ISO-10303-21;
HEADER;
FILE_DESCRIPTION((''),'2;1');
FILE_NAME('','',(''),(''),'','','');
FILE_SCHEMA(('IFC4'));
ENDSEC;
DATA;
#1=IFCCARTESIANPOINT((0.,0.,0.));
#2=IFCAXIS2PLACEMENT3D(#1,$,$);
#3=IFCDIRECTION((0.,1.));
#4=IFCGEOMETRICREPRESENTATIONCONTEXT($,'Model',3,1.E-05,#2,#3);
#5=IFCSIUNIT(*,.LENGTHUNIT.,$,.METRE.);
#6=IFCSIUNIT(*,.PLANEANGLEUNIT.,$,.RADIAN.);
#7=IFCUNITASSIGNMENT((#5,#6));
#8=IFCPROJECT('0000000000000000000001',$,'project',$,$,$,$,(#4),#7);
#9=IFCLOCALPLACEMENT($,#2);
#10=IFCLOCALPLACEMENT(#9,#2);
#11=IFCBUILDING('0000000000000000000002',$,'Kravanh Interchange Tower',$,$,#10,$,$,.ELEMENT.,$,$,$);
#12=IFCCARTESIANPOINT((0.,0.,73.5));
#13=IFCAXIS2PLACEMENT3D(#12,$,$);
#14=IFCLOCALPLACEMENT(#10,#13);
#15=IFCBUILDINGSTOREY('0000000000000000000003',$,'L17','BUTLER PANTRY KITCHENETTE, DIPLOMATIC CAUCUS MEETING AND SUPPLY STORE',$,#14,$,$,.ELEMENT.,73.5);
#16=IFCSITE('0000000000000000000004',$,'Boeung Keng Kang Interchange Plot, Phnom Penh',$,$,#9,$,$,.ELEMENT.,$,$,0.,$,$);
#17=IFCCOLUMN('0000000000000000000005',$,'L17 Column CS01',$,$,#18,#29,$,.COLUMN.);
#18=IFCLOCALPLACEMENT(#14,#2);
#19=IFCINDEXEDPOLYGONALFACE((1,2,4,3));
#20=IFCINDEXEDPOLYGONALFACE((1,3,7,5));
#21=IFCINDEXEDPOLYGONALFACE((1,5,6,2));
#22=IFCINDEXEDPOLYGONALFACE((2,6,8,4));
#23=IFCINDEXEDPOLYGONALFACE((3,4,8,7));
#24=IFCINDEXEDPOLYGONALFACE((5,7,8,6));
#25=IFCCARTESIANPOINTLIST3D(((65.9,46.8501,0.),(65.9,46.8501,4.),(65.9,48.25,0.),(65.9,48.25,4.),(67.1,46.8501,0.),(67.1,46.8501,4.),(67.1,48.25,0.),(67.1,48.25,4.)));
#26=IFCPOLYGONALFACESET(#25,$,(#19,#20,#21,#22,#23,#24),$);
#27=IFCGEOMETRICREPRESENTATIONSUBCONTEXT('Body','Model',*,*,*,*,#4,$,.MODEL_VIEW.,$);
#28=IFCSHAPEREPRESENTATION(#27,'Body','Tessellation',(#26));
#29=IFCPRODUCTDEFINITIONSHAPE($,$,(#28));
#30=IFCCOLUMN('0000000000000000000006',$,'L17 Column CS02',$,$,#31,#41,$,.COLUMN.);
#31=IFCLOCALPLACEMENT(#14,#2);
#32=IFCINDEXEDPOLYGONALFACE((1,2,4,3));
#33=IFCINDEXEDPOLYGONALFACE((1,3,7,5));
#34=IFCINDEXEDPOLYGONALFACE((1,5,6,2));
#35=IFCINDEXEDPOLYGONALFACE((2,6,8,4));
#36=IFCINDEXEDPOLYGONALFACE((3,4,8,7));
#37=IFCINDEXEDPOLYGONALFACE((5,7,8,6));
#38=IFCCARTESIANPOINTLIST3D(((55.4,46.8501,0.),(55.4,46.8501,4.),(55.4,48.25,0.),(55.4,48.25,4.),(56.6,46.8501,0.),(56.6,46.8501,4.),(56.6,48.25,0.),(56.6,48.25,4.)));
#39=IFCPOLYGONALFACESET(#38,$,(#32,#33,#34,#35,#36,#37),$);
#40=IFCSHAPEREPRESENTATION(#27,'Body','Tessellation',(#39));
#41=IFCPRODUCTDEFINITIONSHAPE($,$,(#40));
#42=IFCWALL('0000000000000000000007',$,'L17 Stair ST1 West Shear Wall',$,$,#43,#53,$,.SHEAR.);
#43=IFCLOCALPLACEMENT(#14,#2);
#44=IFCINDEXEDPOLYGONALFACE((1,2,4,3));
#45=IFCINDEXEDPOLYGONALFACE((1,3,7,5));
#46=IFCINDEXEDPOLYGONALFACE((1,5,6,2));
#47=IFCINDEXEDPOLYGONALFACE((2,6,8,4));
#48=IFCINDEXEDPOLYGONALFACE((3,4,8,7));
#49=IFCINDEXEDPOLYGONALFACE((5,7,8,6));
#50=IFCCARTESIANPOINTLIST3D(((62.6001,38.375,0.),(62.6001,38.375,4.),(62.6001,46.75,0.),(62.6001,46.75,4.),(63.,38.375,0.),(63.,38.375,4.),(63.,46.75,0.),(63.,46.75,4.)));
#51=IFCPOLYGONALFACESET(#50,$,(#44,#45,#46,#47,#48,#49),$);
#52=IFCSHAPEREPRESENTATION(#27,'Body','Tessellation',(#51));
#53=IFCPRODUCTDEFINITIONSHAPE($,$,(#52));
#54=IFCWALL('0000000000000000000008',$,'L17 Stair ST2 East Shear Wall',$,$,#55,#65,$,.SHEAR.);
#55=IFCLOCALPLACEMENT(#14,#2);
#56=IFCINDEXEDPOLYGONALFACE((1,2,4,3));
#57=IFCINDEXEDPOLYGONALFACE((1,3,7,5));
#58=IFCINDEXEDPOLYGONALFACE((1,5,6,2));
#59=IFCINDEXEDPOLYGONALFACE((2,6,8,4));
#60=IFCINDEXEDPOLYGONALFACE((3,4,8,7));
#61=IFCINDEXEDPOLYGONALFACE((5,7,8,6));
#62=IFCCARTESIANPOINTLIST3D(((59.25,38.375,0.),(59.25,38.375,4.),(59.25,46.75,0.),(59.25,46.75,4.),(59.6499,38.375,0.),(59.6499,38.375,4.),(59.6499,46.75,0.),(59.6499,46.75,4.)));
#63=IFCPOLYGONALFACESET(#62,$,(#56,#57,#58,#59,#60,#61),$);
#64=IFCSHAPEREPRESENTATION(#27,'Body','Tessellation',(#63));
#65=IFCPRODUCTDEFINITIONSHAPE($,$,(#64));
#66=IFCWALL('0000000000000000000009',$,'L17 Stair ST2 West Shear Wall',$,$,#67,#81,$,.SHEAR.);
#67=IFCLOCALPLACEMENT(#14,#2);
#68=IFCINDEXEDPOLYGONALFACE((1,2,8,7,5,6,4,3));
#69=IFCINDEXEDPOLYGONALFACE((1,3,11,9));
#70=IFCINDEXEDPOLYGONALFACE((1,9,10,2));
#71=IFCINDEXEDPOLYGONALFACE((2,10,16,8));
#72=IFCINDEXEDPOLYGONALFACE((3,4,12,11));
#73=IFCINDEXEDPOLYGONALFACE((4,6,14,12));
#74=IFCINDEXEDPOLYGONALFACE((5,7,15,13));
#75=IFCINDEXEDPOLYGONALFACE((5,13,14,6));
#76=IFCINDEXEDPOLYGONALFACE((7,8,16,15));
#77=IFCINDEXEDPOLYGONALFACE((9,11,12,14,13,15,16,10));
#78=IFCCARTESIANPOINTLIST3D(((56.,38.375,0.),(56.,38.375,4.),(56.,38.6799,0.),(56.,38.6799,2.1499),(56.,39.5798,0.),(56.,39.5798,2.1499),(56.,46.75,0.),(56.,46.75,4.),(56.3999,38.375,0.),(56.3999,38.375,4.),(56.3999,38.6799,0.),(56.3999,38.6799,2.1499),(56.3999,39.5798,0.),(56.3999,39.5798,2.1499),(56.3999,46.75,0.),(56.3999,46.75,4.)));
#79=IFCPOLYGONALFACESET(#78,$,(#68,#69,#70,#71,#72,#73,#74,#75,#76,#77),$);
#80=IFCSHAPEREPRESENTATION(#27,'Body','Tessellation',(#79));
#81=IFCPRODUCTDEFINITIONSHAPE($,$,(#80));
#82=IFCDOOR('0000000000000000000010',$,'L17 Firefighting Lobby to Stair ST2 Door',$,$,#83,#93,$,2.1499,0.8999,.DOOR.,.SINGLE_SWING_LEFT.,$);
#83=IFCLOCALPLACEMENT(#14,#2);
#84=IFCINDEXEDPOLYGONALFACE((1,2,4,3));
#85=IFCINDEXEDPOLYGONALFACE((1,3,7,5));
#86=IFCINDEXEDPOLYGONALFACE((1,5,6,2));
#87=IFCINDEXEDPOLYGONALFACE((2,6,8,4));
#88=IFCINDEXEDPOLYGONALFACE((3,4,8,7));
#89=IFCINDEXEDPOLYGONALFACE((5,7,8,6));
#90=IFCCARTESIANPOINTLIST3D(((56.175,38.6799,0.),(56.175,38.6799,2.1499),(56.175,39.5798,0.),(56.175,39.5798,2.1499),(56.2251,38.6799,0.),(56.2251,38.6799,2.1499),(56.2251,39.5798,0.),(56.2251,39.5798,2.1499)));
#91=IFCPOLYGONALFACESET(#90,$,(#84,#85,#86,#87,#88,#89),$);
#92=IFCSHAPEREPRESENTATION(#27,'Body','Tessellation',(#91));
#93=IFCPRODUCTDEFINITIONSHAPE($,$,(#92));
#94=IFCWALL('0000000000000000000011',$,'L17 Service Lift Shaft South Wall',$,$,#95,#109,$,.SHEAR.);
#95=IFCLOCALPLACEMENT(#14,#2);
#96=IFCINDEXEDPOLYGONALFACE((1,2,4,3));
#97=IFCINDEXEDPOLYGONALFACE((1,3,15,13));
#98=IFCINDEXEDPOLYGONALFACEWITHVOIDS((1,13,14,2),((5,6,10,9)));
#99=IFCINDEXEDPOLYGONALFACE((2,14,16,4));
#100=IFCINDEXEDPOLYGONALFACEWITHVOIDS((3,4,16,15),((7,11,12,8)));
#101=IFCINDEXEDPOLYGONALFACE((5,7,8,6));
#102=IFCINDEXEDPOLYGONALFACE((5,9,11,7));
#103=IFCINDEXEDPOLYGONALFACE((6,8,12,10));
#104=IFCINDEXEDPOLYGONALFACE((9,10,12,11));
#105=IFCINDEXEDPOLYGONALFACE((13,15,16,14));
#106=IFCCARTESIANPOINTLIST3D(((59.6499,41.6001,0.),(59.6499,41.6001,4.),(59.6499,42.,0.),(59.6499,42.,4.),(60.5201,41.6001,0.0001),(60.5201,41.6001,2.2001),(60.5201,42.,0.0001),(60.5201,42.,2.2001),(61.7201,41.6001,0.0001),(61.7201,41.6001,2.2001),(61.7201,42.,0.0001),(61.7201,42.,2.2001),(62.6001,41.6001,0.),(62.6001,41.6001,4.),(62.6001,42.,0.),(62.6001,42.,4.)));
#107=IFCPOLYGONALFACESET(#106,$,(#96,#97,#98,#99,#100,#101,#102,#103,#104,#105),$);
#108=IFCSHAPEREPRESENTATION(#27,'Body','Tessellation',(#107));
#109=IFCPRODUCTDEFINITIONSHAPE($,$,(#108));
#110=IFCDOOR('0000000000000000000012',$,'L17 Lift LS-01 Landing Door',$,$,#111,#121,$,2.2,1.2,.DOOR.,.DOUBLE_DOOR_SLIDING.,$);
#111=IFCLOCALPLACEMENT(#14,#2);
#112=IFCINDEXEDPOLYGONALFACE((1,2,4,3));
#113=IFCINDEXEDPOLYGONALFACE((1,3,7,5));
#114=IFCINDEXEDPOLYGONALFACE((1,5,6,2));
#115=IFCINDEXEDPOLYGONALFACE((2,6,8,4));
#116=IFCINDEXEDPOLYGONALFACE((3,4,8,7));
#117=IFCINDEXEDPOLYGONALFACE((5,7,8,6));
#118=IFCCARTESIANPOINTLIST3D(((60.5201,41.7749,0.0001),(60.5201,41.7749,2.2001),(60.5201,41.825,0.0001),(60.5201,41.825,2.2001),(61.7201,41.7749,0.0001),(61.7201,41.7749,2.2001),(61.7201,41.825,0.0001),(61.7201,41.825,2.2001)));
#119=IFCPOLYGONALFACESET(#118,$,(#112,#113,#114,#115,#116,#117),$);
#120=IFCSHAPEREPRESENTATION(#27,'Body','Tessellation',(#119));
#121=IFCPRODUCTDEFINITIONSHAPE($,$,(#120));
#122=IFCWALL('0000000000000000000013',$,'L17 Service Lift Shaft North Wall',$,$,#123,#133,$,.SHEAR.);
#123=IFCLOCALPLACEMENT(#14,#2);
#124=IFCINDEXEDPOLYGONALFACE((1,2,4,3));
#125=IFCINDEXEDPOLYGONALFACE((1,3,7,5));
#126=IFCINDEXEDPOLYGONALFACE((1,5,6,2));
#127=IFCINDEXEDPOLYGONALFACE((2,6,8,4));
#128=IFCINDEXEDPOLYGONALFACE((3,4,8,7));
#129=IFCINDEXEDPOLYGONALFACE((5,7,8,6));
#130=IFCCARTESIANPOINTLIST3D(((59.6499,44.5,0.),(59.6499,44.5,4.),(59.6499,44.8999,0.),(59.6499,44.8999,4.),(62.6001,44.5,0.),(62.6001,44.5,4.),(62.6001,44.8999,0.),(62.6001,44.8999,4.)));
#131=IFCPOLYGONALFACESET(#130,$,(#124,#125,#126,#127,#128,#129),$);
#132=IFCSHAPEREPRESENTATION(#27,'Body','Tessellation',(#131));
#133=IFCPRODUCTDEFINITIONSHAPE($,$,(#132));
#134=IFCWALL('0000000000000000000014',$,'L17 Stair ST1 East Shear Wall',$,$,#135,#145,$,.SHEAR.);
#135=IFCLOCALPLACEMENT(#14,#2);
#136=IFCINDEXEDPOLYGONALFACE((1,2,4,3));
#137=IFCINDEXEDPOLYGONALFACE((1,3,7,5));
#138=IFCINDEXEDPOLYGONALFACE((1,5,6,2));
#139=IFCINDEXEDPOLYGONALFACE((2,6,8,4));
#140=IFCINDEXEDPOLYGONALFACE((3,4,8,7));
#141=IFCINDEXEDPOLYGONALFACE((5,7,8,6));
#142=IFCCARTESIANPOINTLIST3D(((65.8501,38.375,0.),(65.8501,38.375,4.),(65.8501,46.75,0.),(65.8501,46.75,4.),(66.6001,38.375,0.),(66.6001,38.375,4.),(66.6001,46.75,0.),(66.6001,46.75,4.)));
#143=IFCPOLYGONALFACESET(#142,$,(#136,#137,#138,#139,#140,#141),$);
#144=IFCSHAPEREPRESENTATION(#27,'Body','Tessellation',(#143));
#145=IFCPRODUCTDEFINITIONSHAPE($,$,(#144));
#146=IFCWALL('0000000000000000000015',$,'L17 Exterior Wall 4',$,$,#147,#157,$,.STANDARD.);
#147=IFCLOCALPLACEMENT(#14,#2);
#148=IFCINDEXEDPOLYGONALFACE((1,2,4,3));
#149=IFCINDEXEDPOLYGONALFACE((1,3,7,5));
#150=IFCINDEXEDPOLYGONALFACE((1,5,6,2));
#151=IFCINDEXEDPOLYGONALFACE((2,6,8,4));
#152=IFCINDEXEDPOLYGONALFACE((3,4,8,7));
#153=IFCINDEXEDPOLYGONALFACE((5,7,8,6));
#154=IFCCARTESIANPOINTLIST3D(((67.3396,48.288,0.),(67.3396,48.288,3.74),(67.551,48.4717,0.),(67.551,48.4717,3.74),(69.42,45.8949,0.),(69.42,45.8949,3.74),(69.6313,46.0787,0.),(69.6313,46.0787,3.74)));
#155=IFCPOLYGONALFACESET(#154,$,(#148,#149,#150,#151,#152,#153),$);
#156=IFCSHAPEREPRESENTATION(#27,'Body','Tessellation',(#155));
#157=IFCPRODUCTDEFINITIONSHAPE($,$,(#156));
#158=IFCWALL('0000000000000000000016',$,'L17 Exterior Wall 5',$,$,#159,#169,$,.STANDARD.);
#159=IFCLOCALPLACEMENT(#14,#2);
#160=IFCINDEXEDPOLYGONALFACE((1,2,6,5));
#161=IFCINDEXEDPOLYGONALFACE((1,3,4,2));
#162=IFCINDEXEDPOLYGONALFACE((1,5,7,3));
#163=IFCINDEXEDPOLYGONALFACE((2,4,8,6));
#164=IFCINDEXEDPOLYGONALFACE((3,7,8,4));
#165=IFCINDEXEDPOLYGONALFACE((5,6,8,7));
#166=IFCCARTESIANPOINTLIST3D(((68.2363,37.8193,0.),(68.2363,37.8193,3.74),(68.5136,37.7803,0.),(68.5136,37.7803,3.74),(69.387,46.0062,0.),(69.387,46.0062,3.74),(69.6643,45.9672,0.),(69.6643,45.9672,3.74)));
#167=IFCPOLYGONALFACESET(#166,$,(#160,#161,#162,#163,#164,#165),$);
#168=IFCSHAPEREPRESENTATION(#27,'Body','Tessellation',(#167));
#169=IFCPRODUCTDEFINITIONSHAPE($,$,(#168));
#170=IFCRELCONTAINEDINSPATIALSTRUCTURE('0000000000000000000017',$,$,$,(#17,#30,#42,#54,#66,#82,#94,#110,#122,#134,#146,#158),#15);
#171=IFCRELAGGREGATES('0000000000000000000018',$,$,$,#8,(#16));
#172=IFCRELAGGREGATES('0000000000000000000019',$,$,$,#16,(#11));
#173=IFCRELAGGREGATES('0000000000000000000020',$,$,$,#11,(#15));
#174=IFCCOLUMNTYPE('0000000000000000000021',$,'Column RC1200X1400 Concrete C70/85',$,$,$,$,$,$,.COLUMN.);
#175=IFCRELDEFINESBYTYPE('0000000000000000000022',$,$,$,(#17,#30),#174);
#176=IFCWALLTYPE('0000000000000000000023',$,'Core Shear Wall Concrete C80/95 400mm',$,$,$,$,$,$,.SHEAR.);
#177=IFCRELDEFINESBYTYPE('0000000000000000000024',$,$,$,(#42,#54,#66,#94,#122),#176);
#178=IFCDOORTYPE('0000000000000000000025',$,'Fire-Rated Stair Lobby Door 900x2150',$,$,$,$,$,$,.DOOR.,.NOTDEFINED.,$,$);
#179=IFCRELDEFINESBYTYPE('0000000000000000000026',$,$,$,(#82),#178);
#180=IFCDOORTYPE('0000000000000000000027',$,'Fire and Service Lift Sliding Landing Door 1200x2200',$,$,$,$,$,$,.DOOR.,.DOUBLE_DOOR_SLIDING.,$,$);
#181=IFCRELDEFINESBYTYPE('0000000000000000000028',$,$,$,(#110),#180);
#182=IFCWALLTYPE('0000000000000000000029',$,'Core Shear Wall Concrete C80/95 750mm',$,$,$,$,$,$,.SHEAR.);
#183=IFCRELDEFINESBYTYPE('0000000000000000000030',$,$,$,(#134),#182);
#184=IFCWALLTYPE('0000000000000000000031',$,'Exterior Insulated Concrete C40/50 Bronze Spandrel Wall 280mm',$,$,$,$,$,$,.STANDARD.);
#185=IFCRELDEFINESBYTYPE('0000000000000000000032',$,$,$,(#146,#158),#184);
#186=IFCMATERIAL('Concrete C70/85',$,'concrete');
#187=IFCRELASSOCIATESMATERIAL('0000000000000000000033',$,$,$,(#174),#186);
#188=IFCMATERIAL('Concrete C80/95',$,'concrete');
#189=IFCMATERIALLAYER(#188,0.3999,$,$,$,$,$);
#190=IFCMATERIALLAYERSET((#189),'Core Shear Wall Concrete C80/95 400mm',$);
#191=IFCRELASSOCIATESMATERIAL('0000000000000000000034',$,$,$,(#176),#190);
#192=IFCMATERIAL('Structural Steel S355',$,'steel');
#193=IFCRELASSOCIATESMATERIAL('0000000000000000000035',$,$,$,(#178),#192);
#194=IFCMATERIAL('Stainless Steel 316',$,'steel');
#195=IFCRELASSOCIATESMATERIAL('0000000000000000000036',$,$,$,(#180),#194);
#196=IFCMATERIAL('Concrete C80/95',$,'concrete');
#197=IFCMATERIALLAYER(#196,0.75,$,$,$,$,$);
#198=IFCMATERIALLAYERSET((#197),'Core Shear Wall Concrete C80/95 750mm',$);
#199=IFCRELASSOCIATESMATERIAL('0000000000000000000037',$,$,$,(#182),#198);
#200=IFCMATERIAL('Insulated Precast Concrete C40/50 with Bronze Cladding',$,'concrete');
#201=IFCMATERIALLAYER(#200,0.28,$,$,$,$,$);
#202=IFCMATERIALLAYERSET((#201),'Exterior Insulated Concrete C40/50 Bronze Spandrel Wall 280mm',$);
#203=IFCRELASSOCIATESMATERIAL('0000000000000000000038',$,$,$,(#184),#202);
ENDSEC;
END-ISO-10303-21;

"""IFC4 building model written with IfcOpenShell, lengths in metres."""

from ifc_helpers import new_model, si_unit, direction, frame, frame_2d, origin, origin_2d, place, context, subcontext, project, spatial, rectangle, extrude, material, layer, layer_set, material_profile, profile_set, type_object, element, fill, save


model = new_model("IFC4")

# Units and contexts
model_context = context("Model", 3, precision=1e-05, world=origin(), true_north=direction((0.0, 1.0)))
body_context = subcontext(model_context, "Body", "Model", "MODEL_VIEW")
ifc_project = project(units=[si_unit("LENGTHUNIT", "METRE"), si_unit("PLANEANGLEUNIT", "RADIAN")], contexts=[model_context])

# Site, building, storey
site_placement = place(None, origin())
site = spatial("IfcSite", under=ifc_project, at=site_placement, Name="Boeung Keng Kang Interchange Plot, Phnom Penh", CompositionType="ELEMENT", RefElevation=0.0)
building_placement = place(site_placement, origin())
building = spatial("IfcBuilding", under=site, at=building_placement, Name="Kravanh Interchange Tower", CompositionType="ELEMENT")
storey_placement = place(building_placement, frame((0.0, 0.0, 73.5)))
storey = spatial("IfcBuildingStorey", under=building, at=storey_placement, Name="L17", Description="BUTLER PANTRY KITCHENETTE, DIPLOMATIC CAUCUS MEETING AND SUPPLY STORE", CompositionType="ELEMENT", Elevation=73.5)

# Columns
ifc_material_1 = material(Name="Concrete C70/85", Category="concrete")
ifc_material_profile = material_profile(ifc_material_1, rectangle(XDim=1.2, YDim=1.3999, at=origin_2d()), Name="RC1200X1400")
ifc_profile_set = profile_set([ifc_material_profile], Name="Concrete C70/85")
column_type = type_object("IfcColumnType", Name="Column RC1200X1400 Concrete C70/85", PredefinedType="COLUMN", material=ifc_profile_set)
for number, where, z_axis, x_axis, name in (
    (1, (66.5, 47.55, 0.0), (0.0, 0.0, 1.0), (1.0, 0.0, 0.0), "L17 Column CS01"),
    (2, (56.0, 47.55, 0.0), (0.0, 0.0, 1.0), (1.0, 0.0, 0.0), "L17 Column CS02"),
):
    element("IfcColumn", number, at=place(storey_placement, frame(where, z_axis=z_axis, x_axis=x_axis)), inside=storey, type_object=column_type, Name=name, PredefinedType="COLUMN", context=body_context, shape_type="SweptSolid", body=[
        extrude(rectangle(XDim=1.2, YDim=1.3999, at=origin_2d()), origin(), (0.0, 0.0, 1.0), 4.0),
    ])

# Walls
ifc_material_2 = material(Name="Concrete C80/95", Category="concrete")
ifc_layer_1 = layer(ifc_material_2, 0.3999)
ifc_layer_set_1 = layer_set([ifc_layer_1], Name="Core Shear Wall Concrete C80/95 400mm")
wall_type_1 = type_object("IfcWallType", Name="Core Shear Wall Concrete C80/95 400mm", PredefinedType="SHEAR", material=ifc_layer_set_1)
for number, where, z_axis, x_axis, name in (
    (3, (62.8, 38.375, 0.0), (0.0, 0.0, 1.0), (0.0, 1.0, 0.0), "L17 Stair ST1 West Shear Wall"),
    (4, (59.45, 38.375, 0.0), (0.0, 0.0, 1.0), (0.0, 1.0, 0.0), "L17 Stair ST2 East Shear Wall"),
):
    element("IfcWall", number, at=place(storey_placement, frame(where, z_axis=z_axis, x_axis=x_axis)), inside=storey, type_object=wall_type_1, Name=name, PredefinedType="SHEAR", context=body_context, shape_type="SweptSolid", body=[
        extrude(rectangle(XDim=8.375, YDim=0.3999, at=frame_2d((4.1875, 0.0))), origin(), (0.0, 0.0, 1.0), 4.0),
    ])

# Walls, openings, doors
wall_1_placement = place(storey_placement, frame((56.2, 38.375, 0.0), z_axis=(0.0, 0.0, 1.0), x_axis=(0.0, 1.0, 0.0)))
wall_1 = element("IfcWall", 5, at=wall_1_placement, inside=storey, type_object=wall_type_1, Name="L17 Stair ST2 West Shear Wall", PredefinedType="SHEAR", context=body_context, shape_type="SweptSolid", body=[
    extrude(rectangle(XDim=8.375, YDim=0.3999, at=frame_2d((4.1875, 0.0))), origin(), (0.0, 0.0, 1.0), 4.0),
])
opening_1_placement = place(wall_1_placement, frame((0.3049, 0.0, 0.0)))
opening_1 = element("IfcOpeningElement", 6, at=opening_1_placement, cuts=wall_1, PredefinedType="OPENING", context=body_context, shape_type="SweptSolid", body=[
    extrude(rectangle(XDim=0.8999, YDim=2.1499, at=frame_2d((0.45, 1.075))), frame((0.0, 0.21, 0.0), z_axis=(0.0, -1.0, 0.0), x_axis=(1.0, 0.0, 0.0)), (0.0, 0.0, 1.0), 0.4199),
])
ifc_material_3 = material(Name="Structural Steel S355", Category="steel")
door_type_1 = type_object("IfcDoorType", Name="Fire-Rated Stair Lobby Door 900x2150", OperationType="NOTDEFINED", PredefinedType="DOOR", material=ifc_material_3)
door_1_placement = place(opening_1_placement, origin())
door_1 = element("IfcDoor", 7, at=door_1_placement, inside=storey, type_object=door_type_1, Name="L17 Firefighting Lobby to Stair ST2 Door", OperationType="SINGLE_SWING_LEFT", OverallHeight=2.1499, OverallWidth=0.8999, PredefinedType="DOOR", context=body_context, shape_type="SweptSolid", body=[
    extrude(rectangle(XDim=0.8999, YDim=2.1499, at=frame_2d((0.45, 1.075))), frame((0.0, 0.0249, 0.0), z_axis=(0.0, -1.0, 0.0), x_axis=(1.0, 0.0, 0.0)), (0.0, 0.0, 1.0), 0.05),
])
fill(opening_1, door_1)
wall_2_placement = place(storey_placement, frame((59.6499, 41.8, 0.0), z_axis=(0.0, 0.0, 1.0), x_axis=(1.0, 0.0, 0.0)))
wall_2 = element("IfcWall", 8, at=wall_2_placement, inside=storey, type_object=wall_type_1, Name="L17 Service Lift Shaft South Wall", PredefinedType="SHEAR", context=body_context, shape_type="SweptSolid", body=[
    extrude(rectangle(XDim=2.9502, YDim=0.3999, at=frame_2d((1.4751, 0.0))), origin(), (0.0, 0.0, 1.0), 4.0),
])
opening_2_placement = place(wall_2_placement, frame((0.8701, 0.0, 0.0)))
opening_2 = element("IfcOpeningElement", 9, at=opening_2_placement, cuts=wall_2, PredefinedType="OPENING", context=body_context, shape_type="SweptSolid", body=[
    extrude(rectangle(XDim=1.2, YDim=2.2, at=frame_2d((0.6001, 1.1001))), frame((0.0, 0.21, 0.0), z_axis=(0.0, -1.0, 0.0), x_axis=(1.0, 0.0, 0.0)), (0.0, 0.0, 1.0), 0.4199),
])
ifc_material_4 = material(Name="Stainless Steel 316", Category="steel")
door_type_2 = type_object("IfcDoorType", Name="Fire and Service Lift Sliding Landing Door 1200x2200", OperationType="DOUBLE_DOOR_SLIDING", PredefinedType="DOOR", material=ifc_material_4)
door_2_placement = place(opening_2_placement, origin())
door_2 = element("IfcDoor", 10, at=door_2_placement, inside=storey, type_object=door_type_2, Name="L17 Lift LS-01 Landing Door", OperationType="DOUBLE_DOOR_SLIDING", OverallHeight=2.2, OverallWidth=1.2, PredefinedType="DOOR", context=body_context, shape_type="SweptSolid", body=[
    extrude(rectangle(XDim=1.2, YDim=2.2, at=frame_2d((0.6001, 1.1001))), frame((0.0, 0.0249, 0.0), z_axis=(0.0, -1.0, 0.0), x_axis=(1.0, 0.0, 0.0)), (0.0, 0.0, 1.0), 0.05),
])
fill(opening_2, door_2)

# Walls
wall_3_placement = place(storey_placement, frame((59.6499, 44.7, 0.0), z_axis=(0.0, 0.0, 1.0), x_axis=(1.0, 0.0, 0.0)))
element("IfcWall", 11, at=wall_3_placement, inside=storey, type_object=wall_type_1, Name="L17 Service Lift Shaft North Wall", PredefinedType="SHEAR", context=body_context, shape_type="SweptSolid", body=[
    extrude(rectangle(XDim=2.9502, YDim=0.3999, at=frame_2d((1.4751, 0.0))), origin(), (0.0, 0.0, 1.0), 4.0),
])
ifc_material_5 = material(Name="Concrete C80/95", Category="concrete")
ifc_layer_2 = layer(ifc_material_5, 0.75)
ifc_layer_set_2 = layer_set([ifc_layer_2], Name="Core Shear Wall Concrete C80/95 750mm")
wall_type_2 = type_object("IfcWallType", Name="Core Shear Wall Concrete C80/95 750mm", PredefinedType="SHEAR", material=ifc_layer_set_2)
wall_4_placement = place(storey_placement, frame((66.2251, 38.375, 0.0), z_axis=(0.0, 0.0, 1.0), x_axis=(0.0, 1.0, 0.0)))
element("IfcWall", 12, at=wall_4_placement, inside=storey, type_object=wall_type_2, Name="L17 Stair ST1 East Shear Wall", PredefinedType="SHEAR", context=body_context, shape_type="SweptSolid", body=[
    extrude(rectangle(XDim=8.375, YDim=0.75, at=frame_2d((4.1875, 0.0))), origin(), (0.0, 0.0, 1.0), 4.0),
])
ifc_material_6 = material(Name="Insulated Precast Concrete C40/50 with Bronze Cladding", Category="concrete")
ifc_layer_3 = layer(ifc_material_6, 0.28)
ifc_layer_set_3 = layer_set([ifc_layer_3], Name="Exterior Insulated Concrete C40/50 Bronze Spandrel Wall 280mm")
wall_type_3 = type_object("IfcWallType", Name="Exterior Insulated Concrete C40/50 Bronze Spandrel Wall 280mm", PredefinedType="STANDARD", material=ifc_layer_set_3)
wall_5_placement = place(storey_placement, frame((67.4453, 48.3799, 0.0), z_axis=(0.0, 0.0, 1.0), x_axis=(0.65607, -0.7547, 0.0)))
element("IfcWall", 13, at=wall_5_placement, inside=storey, type_object=wall_type_3, Name="L17 Exterior Wall 4", PredefinedType="STANDARD", context=body_context, shape_type="SweptSolid", body=[
    extrude(rectangle(XDim=3.1709, YDim=0.28, at=frame_2d((1.5854, 0.0))), origin(), (0.0, 0.0, 1.0), 3.74),
])
wall_6_placement = place(storey_placement, frame((69.5256, 45.9868, 0.0), z_axis=(0.0, 0.0, 1.0), x_axis=(-0.13918, -0.990267, 0.0)))
element("IfcWall", 14, at=wall_6_placement, inside=storey, type_object=wall_type_3, Name="L17 Exterior Wall 5", PredefinedType="STANDARD", context=body_context, shape_type="SweptSolid", body=[
    extrude(rectangle(XDim=8.2673, YDim=0.28, at=frame_2d((4.1338, 0.0))), origin(), (0.0, 0.0, 1.0), 3.74),
])

save(model, "model.ifc")
